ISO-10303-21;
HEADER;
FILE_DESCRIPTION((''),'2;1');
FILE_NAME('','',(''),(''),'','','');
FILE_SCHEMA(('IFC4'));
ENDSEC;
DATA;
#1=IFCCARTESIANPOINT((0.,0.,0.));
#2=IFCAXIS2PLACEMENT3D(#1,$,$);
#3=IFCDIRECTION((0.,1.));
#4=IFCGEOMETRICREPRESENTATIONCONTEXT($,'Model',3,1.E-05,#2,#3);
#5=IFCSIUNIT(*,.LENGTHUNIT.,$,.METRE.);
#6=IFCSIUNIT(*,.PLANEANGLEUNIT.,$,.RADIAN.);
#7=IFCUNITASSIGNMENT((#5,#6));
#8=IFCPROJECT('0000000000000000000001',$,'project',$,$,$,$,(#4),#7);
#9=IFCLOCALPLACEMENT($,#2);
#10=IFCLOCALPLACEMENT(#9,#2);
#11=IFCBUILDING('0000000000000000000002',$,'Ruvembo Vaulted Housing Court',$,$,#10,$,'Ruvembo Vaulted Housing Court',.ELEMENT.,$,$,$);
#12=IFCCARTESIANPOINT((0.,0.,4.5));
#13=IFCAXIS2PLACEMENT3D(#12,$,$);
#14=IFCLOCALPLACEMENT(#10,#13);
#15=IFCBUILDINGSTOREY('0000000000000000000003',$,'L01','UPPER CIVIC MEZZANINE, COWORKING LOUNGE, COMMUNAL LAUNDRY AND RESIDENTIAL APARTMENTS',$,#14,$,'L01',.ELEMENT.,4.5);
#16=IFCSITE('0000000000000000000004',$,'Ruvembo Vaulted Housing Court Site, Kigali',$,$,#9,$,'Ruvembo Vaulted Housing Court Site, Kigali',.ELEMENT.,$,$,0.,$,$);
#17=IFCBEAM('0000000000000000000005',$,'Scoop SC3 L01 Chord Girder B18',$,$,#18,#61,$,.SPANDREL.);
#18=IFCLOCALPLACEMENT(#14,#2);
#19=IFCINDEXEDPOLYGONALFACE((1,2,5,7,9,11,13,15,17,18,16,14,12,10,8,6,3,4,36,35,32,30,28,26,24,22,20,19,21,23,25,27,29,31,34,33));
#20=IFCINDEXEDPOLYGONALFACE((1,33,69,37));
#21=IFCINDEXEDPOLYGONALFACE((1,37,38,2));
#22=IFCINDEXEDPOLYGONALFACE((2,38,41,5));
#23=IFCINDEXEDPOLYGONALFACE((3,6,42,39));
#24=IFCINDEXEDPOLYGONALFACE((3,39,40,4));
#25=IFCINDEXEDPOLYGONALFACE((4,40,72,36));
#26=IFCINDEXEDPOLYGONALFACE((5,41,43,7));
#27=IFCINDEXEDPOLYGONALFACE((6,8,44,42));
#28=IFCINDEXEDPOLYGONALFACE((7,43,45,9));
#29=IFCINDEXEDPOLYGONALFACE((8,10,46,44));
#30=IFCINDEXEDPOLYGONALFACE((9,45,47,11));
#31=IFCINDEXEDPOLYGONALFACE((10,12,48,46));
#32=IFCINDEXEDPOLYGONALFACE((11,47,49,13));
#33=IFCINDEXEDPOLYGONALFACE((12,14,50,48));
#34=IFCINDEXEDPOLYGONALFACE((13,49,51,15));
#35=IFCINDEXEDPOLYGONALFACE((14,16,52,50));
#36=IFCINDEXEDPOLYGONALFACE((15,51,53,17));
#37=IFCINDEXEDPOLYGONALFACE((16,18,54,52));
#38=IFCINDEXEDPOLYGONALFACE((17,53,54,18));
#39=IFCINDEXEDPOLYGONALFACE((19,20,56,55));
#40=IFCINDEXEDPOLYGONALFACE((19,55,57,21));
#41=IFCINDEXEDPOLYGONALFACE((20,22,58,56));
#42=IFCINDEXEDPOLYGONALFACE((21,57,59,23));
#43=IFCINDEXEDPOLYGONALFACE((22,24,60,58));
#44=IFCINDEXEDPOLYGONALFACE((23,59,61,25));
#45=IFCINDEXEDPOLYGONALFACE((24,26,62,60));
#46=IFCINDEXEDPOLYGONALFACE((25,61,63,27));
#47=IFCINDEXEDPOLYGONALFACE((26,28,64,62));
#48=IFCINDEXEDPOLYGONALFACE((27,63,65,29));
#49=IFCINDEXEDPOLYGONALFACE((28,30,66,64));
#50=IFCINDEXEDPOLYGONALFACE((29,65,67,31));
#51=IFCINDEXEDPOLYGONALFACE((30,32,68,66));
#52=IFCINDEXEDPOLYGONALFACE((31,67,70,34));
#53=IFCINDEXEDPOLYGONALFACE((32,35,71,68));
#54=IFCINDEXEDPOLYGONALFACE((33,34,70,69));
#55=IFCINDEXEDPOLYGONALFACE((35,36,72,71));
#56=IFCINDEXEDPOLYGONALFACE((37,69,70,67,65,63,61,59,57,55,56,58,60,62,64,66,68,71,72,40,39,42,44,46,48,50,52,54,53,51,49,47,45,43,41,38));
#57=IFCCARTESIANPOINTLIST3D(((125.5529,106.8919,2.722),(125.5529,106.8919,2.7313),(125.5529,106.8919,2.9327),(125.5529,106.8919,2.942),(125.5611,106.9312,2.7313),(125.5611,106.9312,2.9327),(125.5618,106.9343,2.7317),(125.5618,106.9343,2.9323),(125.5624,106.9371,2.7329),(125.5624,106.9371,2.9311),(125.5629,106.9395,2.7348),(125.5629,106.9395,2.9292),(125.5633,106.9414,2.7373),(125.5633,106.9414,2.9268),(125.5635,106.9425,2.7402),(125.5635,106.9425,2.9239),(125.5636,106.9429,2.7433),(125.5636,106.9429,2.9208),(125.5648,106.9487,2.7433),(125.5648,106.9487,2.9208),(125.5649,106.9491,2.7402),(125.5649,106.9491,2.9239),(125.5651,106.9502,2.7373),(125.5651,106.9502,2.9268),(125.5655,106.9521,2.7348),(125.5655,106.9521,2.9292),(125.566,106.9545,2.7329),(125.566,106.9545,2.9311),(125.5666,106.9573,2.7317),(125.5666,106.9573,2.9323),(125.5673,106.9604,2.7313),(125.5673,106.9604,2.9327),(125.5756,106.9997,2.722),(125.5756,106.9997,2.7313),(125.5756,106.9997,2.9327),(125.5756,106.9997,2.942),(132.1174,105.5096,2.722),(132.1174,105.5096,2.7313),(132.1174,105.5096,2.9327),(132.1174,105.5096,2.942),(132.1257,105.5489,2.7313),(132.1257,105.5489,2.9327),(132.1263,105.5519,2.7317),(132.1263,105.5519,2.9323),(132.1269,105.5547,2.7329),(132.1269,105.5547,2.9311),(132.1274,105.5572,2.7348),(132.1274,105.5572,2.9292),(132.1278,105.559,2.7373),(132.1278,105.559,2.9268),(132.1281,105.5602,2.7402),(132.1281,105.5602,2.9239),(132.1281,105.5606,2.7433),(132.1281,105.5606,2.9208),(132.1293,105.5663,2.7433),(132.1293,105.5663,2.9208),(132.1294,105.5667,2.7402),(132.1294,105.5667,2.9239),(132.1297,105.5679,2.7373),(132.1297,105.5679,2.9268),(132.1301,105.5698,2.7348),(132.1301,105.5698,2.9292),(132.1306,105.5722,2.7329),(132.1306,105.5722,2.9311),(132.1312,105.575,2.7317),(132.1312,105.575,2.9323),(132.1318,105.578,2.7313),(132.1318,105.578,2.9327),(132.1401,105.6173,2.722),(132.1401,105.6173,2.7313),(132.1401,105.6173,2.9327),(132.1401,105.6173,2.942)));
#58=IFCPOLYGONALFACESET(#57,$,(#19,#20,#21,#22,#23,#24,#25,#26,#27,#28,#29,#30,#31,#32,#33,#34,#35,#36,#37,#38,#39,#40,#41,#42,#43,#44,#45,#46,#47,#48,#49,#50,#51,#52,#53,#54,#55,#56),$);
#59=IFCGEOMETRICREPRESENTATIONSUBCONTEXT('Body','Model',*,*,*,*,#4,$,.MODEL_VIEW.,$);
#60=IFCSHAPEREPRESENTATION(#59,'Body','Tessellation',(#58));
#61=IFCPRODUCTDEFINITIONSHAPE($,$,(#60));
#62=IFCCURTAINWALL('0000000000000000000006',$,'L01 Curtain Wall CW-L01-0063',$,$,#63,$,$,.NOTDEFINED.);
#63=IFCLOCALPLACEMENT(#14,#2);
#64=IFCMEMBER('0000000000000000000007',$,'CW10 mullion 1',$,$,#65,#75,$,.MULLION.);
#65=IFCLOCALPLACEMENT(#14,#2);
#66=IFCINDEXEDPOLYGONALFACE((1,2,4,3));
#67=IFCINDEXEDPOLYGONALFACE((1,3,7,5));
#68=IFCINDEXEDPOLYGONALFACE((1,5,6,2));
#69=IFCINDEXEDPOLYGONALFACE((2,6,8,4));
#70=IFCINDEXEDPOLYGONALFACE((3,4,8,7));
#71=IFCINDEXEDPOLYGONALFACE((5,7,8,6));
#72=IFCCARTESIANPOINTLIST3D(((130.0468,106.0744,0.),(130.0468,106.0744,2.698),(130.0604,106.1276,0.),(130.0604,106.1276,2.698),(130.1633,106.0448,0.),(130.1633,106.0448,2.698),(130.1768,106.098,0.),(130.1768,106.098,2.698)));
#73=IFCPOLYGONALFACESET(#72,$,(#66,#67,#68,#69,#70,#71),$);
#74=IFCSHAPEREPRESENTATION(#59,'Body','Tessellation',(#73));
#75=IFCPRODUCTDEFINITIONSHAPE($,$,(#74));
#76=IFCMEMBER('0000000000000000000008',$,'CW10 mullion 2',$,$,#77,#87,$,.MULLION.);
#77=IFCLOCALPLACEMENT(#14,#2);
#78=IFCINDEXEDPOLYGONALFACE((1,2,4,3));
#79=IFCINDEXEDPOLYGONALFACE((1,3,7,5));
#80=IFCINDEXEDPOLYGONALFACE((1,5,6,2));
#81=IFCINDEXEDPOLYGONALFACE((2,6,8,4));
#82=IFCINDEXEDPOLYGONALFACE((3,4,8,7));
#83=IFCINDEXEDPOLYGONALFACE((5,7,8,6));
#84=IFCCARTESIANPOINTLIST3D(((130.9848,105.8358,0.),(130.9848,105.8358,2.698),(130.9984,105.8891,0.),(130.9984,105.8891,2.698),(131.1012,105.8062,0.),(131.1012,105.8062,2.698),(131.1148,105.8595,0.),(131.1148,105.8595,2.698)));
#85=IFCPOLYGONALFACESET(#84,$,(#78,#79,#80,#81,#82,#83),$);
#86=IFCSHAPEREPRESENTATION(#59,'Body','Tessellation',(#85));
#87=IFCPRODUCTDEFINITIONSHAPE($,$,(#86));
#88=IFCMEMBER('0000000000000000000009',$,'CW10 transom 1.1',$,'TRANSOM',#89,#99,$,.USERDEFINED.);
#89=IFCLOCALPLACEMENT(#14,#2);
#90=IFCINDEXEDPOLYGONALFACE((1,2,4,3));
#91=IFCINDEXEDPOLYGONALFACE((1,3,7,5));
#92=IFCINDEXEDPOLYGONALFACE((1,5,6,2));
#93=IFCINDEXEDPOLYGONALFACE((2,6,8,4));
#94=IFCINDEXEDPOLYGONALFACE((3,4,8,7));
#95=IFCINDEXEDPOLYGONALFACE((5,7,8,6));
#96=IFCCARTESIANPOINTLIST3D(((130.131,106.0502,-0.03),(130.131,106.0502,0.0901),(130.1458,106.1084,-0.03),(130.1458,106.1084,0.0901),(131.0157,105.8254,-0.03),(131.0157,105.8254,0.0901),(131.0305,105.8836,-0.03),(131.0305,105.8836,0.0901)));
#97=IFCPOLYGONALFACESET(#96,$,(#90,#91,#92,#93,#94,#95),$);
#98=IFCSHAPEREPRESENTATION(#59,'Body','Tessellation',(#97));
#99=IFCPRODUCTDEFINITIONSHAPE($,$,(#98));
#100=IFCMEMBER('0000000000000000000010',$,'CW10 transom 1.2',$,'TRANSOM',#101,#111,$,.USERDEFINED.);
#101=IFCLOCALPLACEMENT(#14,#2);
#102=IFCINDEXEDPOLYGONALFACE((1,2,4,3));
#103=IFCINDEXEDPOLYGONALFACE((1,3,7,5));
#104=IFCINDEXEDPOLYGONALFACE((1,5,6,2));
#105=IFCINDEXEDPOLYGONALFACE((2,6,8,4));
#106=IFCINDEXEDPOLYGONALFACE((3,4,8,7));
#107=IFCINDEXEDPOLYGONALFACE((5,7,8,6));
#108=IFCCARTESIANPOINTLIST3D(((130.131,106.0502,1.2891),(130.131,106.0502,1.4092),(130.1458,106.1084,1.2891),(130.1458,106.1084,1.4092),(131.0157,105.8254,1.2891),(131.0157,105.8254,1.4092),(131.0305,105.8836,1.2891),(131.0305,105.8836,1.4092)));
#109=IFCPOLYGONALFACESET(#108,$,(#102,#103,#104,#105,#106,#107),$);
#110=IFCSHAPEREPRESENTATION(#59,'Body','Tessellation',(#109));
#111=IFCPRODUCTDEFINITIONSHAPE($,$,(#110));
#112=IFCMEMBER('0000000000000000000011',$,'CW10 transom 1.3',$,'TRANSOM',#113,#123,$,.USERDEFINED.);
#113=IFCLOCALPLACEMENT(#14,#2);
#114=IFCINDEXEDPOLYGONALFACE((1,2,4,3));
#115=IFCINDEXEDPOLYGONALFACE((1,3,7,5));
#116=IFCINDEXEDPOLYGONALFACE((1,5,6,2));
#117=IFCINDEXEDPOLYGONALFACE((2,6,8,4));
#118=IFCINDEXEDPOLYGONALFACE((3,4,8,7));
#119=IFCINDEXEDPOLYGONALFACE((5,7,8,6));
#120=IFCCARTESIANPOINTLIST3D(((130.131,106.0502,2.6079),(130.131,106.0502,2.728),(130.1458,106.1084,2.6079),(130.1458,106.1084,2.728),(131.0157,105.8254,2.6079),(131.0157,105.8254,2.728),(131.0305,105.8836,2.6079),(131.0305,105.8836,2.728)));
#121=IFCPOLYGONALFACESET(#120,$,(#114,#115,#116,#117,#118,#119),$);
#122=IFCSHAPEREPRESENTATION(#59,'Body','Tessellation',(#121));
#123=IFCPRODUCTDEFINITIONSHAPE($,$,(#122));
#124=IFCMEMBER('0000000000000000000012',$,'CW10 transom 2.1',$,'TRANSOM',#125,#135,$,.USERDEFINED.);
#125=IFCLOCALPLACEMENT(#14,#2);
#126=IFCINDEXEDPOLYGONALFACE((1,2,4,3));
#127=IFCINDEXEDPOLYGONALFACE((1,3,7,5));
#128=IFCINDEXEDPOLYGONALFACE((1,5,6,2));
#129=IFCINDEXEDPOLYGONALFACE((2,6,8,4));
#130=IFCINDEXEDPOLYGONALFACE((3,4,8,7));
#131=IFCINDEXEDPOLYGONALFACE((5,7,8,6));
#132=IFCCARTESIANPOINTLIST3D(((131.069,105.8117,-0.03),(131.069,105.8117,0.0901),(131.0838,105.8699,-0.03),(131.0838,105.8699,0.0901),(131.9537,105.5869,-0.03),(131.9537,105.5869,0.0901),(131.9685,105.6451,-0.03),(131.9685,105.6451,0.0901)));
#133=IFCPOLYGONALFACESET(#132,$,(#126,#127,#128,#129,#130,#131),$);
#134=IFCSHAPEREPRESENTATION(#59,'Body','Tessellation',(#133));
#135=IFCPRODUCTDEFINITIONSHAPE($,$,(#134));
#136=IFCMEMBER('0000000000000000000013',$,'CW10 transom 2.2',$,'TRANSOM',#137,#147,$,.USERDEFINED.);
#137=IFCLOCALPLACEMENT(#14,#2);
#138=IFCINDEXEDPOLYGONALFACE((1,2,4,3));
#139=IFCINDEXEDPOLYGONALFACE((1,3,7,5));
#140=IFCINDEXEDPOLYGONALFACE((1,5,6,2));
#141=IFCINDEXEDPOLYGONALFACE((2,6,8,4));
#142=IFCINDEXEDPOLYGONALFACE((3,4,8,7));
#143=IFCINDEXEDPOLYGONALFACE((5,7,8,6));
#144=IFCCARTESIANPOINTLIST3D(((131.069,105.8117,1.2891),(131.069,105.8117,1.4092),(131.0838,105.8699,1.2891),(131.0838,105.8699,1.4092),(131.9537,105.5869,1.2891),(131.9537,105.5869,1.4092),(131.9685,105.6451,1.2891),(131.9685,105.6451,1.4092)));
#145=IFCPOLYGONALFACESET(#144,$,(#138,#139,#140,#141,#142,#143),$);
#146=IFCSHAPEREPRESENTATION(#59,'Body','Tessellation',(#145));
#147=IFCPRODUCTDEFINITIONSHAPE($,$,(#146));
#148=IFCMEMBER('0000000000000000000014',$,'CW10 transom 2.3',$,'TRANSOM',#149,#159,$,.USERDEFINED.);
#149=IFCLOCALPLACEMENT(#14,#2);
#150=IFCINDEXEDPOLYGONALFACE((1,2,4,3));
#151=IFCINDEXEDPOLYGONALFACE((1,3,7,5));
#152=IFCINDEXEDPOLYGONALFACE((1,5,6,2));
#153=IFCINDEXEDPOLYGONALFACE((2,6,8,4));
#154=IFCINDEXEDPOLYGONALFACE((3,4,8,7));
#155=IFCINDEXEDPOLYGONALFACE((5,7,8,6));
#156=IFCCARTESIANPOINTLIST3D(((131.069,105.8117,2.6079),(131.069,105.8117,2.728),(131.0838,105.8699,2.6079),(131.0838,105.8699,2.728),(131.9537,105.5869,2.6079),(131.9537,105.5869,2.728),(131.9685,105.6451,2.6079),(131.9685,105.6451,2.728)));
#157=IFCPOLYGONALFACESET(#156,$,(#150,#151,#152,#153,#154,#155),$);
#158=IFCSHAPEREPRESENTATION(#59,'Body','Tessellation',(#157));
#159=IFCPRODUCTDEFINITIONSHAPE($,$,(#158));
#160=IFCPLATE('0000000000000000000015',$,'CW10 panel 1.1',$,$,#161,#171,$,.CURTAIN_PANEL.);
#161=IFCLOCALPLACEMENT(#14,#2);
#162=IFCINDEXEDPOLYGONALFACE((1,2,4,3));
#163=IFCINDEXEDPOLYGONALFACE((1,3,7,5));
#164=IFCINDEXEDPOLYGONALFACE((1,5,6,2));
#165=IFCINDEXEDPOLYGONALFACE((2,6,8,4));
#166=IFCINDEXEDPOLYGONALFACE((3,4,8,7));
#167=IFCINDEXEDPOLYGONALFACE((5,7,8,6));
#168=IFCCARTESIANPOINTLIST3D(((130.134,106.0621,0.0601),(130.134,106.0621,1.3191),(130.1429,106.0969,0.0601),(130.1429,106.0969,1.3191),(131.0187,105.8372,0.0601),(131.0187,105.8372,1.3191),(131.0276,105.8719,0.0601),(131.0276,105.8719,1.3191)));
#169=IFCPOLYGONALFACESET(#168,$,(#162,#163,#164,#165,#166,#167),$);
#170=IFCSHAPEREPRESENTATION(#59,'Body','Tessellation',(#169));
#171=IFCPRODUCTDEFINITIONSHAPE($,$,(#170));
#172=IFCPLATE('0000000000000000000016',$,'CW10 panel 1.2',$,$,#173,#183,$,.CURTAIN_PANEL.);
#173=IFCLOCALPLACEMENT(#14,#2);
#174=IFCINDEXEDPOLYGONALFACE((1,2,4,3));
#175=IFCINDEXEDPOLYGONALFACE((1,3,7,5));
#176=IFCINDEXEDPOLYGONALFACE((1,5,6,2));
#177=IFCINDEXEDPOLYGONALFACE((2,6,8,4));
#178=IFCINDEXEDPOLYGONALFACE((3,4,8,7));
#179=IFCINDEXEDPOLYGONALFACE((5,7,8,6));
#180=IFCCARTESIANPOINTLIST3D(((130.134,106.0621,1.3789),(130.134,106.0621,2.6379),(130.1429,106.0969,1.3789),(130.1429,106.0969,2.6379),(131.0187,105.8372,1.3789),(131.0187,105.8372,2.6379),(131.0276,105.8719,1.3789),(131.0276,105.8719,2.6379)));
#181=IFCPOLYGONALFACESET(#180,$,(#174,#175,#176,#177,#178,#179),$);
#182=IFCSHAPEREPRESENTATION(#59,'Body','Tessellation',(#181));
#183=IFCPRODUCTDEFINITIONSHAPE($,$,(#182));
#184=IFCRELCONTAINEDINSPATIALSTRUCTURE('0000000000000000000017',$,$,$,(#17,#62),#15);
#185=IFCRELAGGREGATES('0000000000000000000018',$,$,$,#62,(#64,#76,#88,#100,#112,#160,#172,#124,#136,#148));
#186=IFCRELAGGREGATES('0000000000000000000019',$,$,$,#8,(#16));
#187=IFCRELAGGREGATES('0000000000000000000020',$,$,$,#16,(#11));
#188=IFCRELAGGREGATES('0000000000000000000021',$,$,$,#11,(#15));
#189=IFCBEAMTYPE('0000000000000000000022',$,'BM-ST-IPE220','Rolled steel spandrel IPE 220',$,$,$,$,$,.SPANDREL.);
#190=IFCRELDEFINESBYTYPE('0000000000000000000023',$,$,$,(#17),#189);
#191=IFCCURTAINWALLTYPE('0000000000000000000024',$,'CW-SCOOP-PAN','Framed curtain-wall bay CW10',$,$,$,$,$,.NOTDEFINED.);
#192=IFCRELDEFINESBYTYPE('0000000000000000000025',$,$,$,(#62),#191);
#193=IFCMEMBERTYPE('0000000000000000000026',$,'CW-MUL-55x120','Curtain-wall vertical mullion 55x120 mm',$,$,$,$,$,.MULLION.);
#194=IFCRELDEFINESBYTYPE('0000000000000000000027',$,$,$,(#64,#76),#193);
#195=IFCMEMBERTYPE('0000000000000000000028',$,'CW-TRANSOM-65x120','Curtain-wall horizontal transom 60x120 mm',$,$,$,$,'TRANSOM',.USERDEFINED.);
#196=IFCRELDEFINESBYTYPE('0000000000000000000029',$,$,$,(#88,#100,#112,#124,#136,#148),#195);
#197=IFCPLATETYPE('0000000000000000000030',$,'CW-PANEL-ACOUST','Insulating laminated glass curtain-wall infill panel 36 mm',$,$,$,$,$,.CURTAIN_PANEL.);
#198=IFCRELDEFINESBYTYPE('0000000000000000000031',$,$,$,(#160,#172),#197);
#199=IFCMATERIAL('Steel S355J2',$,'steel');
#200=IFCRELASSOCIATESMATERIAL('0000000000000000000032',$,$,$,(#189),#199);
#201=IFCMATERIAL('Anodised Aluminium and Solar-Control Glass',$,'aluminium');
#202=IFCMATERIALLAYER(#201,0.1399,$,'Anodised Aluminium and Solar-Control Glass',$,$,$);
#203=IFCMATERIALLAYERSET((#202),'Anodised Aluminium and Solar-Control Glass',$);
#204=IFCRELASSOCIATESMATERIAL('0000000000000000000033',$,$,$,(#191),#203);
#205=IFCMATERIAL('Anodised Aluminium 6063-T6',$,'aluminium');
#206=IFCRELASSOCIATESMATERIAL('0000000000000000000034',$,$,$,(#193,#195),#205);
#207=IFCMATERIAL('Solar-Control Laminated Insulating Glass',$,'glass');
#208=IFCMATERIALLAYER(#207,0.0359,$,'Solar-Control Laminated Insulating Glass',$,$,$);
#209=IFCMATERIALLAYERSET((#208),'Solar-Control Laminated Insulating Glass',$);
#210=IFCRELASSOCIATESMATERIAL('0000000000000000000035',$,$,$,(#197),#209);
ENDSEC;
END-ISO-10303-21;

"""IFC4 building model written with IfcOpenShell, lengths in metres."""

from ifc_helpers import new_model, si_unit, direction, frame, origin, origin_2d, place, context, subcontext, project, spatial, rectangle, i_section, extrude, material, layer, layer_set, material_profile, profile_set, type_object, element, aggregate, save


model = new_model("IFC4")

# Units and contexts
model_context = context("Model", 3, precision=1e-05, world=origin(), true_north=direction((0.0, 1.0)))
body_context = subcontext(model_context, "Body", "Model", "MODEL_VIEW")
ifc_project = project(units=[si_unit("LENGTHUNIT", "METRE"), si_unit("PLANEANGLEUNIT", "RADIAN")], contexts=[model_context])

# Site, building, storey
site_placement = place(None, origin())
site = spatial("IfcSite", under=ifc_project, at=site_placement, Name="Ruvembo Vaulted Housing Court Site, Kigali", LongName="Ruvembo Vaulted Housing Court Site, Kigali", CompositionType="ELEMENT", RefElevation=0.0)
building_placement = place(site_placement, origin())
building = spatial("IfcBuilding", under=site, at=building_placement, Name="Ruvembo Vaulted Housing Court", LongName="Ruvembo Vaulted Housing Court", CompositionType="ELEMENT")
storey_placement = place(building_placement, frame((0.0, 0.0, 4.5)))
storey = spatial("IfcBuildingStorey", under=building, at=storey_placement, Name="L01", Description="UPPER CIVIC MEZZANINE, COWORKING LOUNGE, COMMUNAL LAUNDRY AND RESIDENTIAL APARTMENTS", LongName="L01", CompositionType="ELEMENT", Elevation=4.5)

# Beam
ifc_material_1 = material(Name="Steel S355J2", Category="steel")
ifc_material_profile_1 = material_profile(ifc_material_1, i_section(OverallWidth=0.1101, OverallDepth=0.22, WebThickness=0.0059, FlangeThickness=0.0093, FilletRadius=0.012, at=origin_2d()), Name="IPE 220")
ifc_profile_set_1 = profile_set([ifc_material_profile_1], Name="Steel S355J2")
beam_type_1 = type_object("IfcBeamType", Name="BM-ST-IPE220", Description="Rolled steel spandrel IPE 220", PredefinedType="SPANDREL", material=ifc_profile_set_1)
beam_1_placement = place(storey_placement, frame((125.5642, 106.9458, 2.832), z_axis=(0.97854, -0.206058, 0.0), x_axis=(0.206058, 0.97854, 0.0)))
element("IfcBeam", 1, at=beam_1_placement, inside=storey, type_object=beam_type_1, Name="Scoop SC3 L01 Chord Girder B18", PredefinedType="SPANDREL", context=body_context, shape_type="SweptSolid", body=[
    extrude(i_section(OverallWidth=0.1101, OverallDepth=0.22, WebThickness=0.0059, FlangeThickness=0.0093, FilletRadius=0.012, at=origin_2d()), origin(), (0.0, 0.0, 1.0), 6.7085),
])

# Curtain wall, members, plates
ifc_material_2 = material(Name="Anodised Aluminium and Solar-Control Glass", Category="aluminium")
ifc_layer_1 = layer(ifc_material_2, 0.1399, Name="Anodised Aluminium and Solar-Control Glass")
ifc_layer_set_1 = layer_set([ifc_layer_1], Name="Anodised Aluminium and Solar-Control Glass")
curtain_wall_type = type_object("IfcCurtainWallType", Name="CW-SCOOP-PAN", Description="Framed curtain-wall bay CW10", PredefinedType="NOTDEFINED", material=ifc_layer_set_1)
curtain_wall_placement = place(storey_placement, origin())
curtain_wall = element("IfcCurtainWall", 2, at=curtain_wall_placement, inside=storey, type_object=curtain_wall_type, Name="L01 Curtain Wall CW-L01-0063", PredefinedType="NOTDEFINED")
ifc_material_3 = material(Name="Anodised Aluminium 6063-T6", Category="aluminium")
ifc_material_profile_2 = material_profile(ifc_material_3, rectangle(XDim=0.0549, YDim=0.1201, at=origin_2d()), Name="ALU 55x120")
ifc_profile_set_2 = profile_set([ifc_material_profile_2], Name="Anodised Aluminium 6063-T6")
member_type_1 = type_object("IfcMemberType", Name="CW-MUL-55x120", Description="Curtain-wall vertical mullion 55x120 mm", PredefinedType="MULLION", material=ifc_profile_set_2)
member_1_placement = place(storey_placement, frame((130.1118, 106.0862, 0.0), z_axis=(0.0, 0.0, 1.0), x_axis=(0.246481, 0.969148, 0.0)))
member_1 = element("IfcMember", 3, at=member_1_placement, type_object=member_type_1, Name="CW10 mullion 1", PredefinedType="MULLION", context=body_context, shape_type="SweptSolid", body=[
    extrude(rectangle(XDim=0.0549, YDim=0.1201, at=origin_2d()), origin(), (0.0, 0.0, 1.0), 2.698),
])
member_2_placement = place(storey_placement, frame((131.0498, 105.8477, 0.0), z_axis=(0.0, 0.0, 1.0), x_axis=(0.246481, 0.969148, 0.0)))
member_2 = element("IfcMember", 4, at=member_2_placement, type_object=member_type_1, Name="CW10 mullion 2", PredefinedType="MULLION", context=body_context, shape_type="SweptSolid", body=[
    extrude(rectangle(XDim=0.0549, YDim=0.1201, at=origin_2d()), origin(), (0.0, 0.0, 1.0), 2.698),
])
ifc_material_profile_3 = material_profile(ifc_material_3, rectangle(XDim=0.0601, YDim=0.1201, at=origin_2d()), Name="ALU 60x120")
ifc_profile_set_3 = profile_set([ifc_material_profile_3], Name="Anodised Aluminium 6063-T6")
member_type_2 = type_object("IfcMemberType", Name="CW-TRANSOM-65x120", Description="Curtain-wall horizontal transom 60x120 mm", ElementType="TRANSOM", PredefinedType="USERDEFINED", material=ifc_profile_set_3)
member_3_placement = place(storey_placement, frame((130.1384, 106.0793, 0.03), z_axis=(0.969191, -0.246309, 0.0), x_axis=(0.246309, 0.969191, 0.0)))
member_3 = element("IfcMember", 5, at=member_3_placement, type_object=member_type_2, Name="CW10 transom 1.1", ObjectType="TRANSOM", PredefinedType="USERDEFINED", context=body_context, shape_type="SweptSolid", body=[
    extrude(rectangle(XDim=0.0601, YDim=0.1201, at=origin_2d()), origin(), (0.0, 0.0, 1.0), 0.9128),
])
member_4_placement = place(storey_placement, frame((130.1384, 106.0793, 1.3491), z_axis=(0.969191, -0.246309, 0.0), x_axis=(0.246309, 0.969191, 0.0)))
member_4 = element("IfcMember", 6, at=member_4_placement, type_object=member_type_2, Name="CW10 transom 1.2", ObjectType="TRANSOM", PredefinedType="USERDEFINED", context=body_context, shape_type="SweptSolid", body=[
    extrude(rectangle(XDim=0.0601, YDim=0.1201, at=origin_2d()), origin(), (0.0, 0.0, 1.0), 0.9128),
])
member_5_placement = place(storey_placement, frame((130.1384, 106.0793, 2.668), z_axis=(0.969191, -0.246309, 0.0), x_axis=(0.246309, 0.969191, 0.0)))
member_5 = element("IfcMember", 7, at=member_5_placement, type_object=member_type_2, Name="CW10 transom 1.3", ObjectType="TRANSOM", PredefinedType="USERDEFINED", context=body_context, shape_type="SweptSolid", body=[
    extrude(rectangle(XDim=0.0601, YDim=0.1201, at=origin_2d()), origin(), (0.0, 0.0, 1.0), 0.9128),
])
member_6_placement = place(storey_placement, frame((131.0764, 105.8408, 0.03), z_axis=(0.969191, -0.246309, 0.0), x_axis=(0.246309, 0.969191, 0.0)))
member_6 = element("IfcMember", 8, at=member_6_placement, type_object=member_type_2, Name="CW10 transom 2.1", ObjectType="TRANSOM", PredefinedType="USERDEFINED", context=body_context, shape_type="SweptSolid", body=[
    extrude(rectangle(XDim=0.0601, YDim=0.1201, at=origin_2d()), origin(), (0.0, 0.0, 1.0), 0.9128),
])
member_7_placement = place(storey_placement, frame((131.0764, 105.8408, 1.3491), z_axis=(0.969191, -0.246309, 0.0), x_axis=(0.246309, 0.969191, 0.0)))
member_7 = element("IfcMember", 9, at=member_7_placement, type_object=member_type_2, Name="CW10 transom 2.2", ObjectType="TRANSOM", PredefinedType="USERDEFINED", context=body_context, shape_type="SweptSolid", body=[
    extrude(rectangle(XDim=0.0601, YDim=0.1201, at=origin_2d()), origin(), (0.0, 0.0, 1.0), 0.9128),
])
member_8_placement = place(storey_placement, frame((131.0764, 105.8408, 2.668), z_axis=(0.969191, -0.246309, 0.0), x_axis=(0.246309, 0.969191, 0.0)))
member_8 = element("IfcMember", 10, at=member_8_placement, type_object=member_type_2, Name="CW10 transom 2.3", ObjectType="TRANSOM", PredefinedType="USERDEFINED", context=body_context, shape_type="SweptSolid", body=[
    extrude(rectangle(XDim=0.0601, YDim=0.1201, at=origin_2d()), origin(), (0.0, 0.0, 1.0), 0.9128),
])
ifc_material_4 = material(Name="Solar-Control Laminated Insulating Glass", Category="glass")
ifc_layer_2 = layer(ifc_material_4, 0.0359, Name="Solar-Control Laminated Insulating Glass")
ifc_layer_set_2 = layer_set([ifc_layer_2], Name="Solar-Control Laminated Insulating Glass")
plate_type_1 = type_object("IfcPlateType", Name="CW-PANEL-ACOUST", Description="Insulating laminated glass curtain-wall infill panel 36 mm", PredefinedType="CURTAIN_PANEL", material=ifc_layer_set_2)
plate_1_placement = place(storey_placement, frame((130.5808, 105.967, 0.0601), z_axis=(0.0, 0.0, 1.0), x_axis=(0.969148, -0.246481, 0.0)))
plate_1 = element("IfcPlate", 11, at=plate_1_placement, type_object=plate_type_1, Name="CW10 panel 1.1", PredefinedType="CURTAIN_PANEL", context=body_context, shape_type="SweptSolid", body=[
    extrude(rectangle(XDim=0.9128, YDim=0.0359, at=origin_2d()), origin(), (0.0, 0.0, 1.0), 1.259),
])
plate_2_placement = place(storey_placement, frame((130.5808, 105.967, 1.3789), z_axis=(0.0, 0.0, 1.0), x_axis=(0.969148, -0.246481, 0.0)))
plate_2 = element("IfcPlate", 12, at=plate_2_placement, type_object=plate_type_1, Name="CW10 panel 1.2", PredefinedType="CURTAIN_PANEL", context=body_context, shape_type="SweptSolid", body=[
    extrude(rectangle(XDim=0.9128, YDim=0.0359, at=origin_2d()), origin(), (0.0, 0.0, 1.0), 1.259),
])
aggregate(curtain_wall, [member_1, member_2, member_3, member_4, member_5, plate_1, plate_2, member_6, member_7, member_8])

save(model, "model.ifc")
